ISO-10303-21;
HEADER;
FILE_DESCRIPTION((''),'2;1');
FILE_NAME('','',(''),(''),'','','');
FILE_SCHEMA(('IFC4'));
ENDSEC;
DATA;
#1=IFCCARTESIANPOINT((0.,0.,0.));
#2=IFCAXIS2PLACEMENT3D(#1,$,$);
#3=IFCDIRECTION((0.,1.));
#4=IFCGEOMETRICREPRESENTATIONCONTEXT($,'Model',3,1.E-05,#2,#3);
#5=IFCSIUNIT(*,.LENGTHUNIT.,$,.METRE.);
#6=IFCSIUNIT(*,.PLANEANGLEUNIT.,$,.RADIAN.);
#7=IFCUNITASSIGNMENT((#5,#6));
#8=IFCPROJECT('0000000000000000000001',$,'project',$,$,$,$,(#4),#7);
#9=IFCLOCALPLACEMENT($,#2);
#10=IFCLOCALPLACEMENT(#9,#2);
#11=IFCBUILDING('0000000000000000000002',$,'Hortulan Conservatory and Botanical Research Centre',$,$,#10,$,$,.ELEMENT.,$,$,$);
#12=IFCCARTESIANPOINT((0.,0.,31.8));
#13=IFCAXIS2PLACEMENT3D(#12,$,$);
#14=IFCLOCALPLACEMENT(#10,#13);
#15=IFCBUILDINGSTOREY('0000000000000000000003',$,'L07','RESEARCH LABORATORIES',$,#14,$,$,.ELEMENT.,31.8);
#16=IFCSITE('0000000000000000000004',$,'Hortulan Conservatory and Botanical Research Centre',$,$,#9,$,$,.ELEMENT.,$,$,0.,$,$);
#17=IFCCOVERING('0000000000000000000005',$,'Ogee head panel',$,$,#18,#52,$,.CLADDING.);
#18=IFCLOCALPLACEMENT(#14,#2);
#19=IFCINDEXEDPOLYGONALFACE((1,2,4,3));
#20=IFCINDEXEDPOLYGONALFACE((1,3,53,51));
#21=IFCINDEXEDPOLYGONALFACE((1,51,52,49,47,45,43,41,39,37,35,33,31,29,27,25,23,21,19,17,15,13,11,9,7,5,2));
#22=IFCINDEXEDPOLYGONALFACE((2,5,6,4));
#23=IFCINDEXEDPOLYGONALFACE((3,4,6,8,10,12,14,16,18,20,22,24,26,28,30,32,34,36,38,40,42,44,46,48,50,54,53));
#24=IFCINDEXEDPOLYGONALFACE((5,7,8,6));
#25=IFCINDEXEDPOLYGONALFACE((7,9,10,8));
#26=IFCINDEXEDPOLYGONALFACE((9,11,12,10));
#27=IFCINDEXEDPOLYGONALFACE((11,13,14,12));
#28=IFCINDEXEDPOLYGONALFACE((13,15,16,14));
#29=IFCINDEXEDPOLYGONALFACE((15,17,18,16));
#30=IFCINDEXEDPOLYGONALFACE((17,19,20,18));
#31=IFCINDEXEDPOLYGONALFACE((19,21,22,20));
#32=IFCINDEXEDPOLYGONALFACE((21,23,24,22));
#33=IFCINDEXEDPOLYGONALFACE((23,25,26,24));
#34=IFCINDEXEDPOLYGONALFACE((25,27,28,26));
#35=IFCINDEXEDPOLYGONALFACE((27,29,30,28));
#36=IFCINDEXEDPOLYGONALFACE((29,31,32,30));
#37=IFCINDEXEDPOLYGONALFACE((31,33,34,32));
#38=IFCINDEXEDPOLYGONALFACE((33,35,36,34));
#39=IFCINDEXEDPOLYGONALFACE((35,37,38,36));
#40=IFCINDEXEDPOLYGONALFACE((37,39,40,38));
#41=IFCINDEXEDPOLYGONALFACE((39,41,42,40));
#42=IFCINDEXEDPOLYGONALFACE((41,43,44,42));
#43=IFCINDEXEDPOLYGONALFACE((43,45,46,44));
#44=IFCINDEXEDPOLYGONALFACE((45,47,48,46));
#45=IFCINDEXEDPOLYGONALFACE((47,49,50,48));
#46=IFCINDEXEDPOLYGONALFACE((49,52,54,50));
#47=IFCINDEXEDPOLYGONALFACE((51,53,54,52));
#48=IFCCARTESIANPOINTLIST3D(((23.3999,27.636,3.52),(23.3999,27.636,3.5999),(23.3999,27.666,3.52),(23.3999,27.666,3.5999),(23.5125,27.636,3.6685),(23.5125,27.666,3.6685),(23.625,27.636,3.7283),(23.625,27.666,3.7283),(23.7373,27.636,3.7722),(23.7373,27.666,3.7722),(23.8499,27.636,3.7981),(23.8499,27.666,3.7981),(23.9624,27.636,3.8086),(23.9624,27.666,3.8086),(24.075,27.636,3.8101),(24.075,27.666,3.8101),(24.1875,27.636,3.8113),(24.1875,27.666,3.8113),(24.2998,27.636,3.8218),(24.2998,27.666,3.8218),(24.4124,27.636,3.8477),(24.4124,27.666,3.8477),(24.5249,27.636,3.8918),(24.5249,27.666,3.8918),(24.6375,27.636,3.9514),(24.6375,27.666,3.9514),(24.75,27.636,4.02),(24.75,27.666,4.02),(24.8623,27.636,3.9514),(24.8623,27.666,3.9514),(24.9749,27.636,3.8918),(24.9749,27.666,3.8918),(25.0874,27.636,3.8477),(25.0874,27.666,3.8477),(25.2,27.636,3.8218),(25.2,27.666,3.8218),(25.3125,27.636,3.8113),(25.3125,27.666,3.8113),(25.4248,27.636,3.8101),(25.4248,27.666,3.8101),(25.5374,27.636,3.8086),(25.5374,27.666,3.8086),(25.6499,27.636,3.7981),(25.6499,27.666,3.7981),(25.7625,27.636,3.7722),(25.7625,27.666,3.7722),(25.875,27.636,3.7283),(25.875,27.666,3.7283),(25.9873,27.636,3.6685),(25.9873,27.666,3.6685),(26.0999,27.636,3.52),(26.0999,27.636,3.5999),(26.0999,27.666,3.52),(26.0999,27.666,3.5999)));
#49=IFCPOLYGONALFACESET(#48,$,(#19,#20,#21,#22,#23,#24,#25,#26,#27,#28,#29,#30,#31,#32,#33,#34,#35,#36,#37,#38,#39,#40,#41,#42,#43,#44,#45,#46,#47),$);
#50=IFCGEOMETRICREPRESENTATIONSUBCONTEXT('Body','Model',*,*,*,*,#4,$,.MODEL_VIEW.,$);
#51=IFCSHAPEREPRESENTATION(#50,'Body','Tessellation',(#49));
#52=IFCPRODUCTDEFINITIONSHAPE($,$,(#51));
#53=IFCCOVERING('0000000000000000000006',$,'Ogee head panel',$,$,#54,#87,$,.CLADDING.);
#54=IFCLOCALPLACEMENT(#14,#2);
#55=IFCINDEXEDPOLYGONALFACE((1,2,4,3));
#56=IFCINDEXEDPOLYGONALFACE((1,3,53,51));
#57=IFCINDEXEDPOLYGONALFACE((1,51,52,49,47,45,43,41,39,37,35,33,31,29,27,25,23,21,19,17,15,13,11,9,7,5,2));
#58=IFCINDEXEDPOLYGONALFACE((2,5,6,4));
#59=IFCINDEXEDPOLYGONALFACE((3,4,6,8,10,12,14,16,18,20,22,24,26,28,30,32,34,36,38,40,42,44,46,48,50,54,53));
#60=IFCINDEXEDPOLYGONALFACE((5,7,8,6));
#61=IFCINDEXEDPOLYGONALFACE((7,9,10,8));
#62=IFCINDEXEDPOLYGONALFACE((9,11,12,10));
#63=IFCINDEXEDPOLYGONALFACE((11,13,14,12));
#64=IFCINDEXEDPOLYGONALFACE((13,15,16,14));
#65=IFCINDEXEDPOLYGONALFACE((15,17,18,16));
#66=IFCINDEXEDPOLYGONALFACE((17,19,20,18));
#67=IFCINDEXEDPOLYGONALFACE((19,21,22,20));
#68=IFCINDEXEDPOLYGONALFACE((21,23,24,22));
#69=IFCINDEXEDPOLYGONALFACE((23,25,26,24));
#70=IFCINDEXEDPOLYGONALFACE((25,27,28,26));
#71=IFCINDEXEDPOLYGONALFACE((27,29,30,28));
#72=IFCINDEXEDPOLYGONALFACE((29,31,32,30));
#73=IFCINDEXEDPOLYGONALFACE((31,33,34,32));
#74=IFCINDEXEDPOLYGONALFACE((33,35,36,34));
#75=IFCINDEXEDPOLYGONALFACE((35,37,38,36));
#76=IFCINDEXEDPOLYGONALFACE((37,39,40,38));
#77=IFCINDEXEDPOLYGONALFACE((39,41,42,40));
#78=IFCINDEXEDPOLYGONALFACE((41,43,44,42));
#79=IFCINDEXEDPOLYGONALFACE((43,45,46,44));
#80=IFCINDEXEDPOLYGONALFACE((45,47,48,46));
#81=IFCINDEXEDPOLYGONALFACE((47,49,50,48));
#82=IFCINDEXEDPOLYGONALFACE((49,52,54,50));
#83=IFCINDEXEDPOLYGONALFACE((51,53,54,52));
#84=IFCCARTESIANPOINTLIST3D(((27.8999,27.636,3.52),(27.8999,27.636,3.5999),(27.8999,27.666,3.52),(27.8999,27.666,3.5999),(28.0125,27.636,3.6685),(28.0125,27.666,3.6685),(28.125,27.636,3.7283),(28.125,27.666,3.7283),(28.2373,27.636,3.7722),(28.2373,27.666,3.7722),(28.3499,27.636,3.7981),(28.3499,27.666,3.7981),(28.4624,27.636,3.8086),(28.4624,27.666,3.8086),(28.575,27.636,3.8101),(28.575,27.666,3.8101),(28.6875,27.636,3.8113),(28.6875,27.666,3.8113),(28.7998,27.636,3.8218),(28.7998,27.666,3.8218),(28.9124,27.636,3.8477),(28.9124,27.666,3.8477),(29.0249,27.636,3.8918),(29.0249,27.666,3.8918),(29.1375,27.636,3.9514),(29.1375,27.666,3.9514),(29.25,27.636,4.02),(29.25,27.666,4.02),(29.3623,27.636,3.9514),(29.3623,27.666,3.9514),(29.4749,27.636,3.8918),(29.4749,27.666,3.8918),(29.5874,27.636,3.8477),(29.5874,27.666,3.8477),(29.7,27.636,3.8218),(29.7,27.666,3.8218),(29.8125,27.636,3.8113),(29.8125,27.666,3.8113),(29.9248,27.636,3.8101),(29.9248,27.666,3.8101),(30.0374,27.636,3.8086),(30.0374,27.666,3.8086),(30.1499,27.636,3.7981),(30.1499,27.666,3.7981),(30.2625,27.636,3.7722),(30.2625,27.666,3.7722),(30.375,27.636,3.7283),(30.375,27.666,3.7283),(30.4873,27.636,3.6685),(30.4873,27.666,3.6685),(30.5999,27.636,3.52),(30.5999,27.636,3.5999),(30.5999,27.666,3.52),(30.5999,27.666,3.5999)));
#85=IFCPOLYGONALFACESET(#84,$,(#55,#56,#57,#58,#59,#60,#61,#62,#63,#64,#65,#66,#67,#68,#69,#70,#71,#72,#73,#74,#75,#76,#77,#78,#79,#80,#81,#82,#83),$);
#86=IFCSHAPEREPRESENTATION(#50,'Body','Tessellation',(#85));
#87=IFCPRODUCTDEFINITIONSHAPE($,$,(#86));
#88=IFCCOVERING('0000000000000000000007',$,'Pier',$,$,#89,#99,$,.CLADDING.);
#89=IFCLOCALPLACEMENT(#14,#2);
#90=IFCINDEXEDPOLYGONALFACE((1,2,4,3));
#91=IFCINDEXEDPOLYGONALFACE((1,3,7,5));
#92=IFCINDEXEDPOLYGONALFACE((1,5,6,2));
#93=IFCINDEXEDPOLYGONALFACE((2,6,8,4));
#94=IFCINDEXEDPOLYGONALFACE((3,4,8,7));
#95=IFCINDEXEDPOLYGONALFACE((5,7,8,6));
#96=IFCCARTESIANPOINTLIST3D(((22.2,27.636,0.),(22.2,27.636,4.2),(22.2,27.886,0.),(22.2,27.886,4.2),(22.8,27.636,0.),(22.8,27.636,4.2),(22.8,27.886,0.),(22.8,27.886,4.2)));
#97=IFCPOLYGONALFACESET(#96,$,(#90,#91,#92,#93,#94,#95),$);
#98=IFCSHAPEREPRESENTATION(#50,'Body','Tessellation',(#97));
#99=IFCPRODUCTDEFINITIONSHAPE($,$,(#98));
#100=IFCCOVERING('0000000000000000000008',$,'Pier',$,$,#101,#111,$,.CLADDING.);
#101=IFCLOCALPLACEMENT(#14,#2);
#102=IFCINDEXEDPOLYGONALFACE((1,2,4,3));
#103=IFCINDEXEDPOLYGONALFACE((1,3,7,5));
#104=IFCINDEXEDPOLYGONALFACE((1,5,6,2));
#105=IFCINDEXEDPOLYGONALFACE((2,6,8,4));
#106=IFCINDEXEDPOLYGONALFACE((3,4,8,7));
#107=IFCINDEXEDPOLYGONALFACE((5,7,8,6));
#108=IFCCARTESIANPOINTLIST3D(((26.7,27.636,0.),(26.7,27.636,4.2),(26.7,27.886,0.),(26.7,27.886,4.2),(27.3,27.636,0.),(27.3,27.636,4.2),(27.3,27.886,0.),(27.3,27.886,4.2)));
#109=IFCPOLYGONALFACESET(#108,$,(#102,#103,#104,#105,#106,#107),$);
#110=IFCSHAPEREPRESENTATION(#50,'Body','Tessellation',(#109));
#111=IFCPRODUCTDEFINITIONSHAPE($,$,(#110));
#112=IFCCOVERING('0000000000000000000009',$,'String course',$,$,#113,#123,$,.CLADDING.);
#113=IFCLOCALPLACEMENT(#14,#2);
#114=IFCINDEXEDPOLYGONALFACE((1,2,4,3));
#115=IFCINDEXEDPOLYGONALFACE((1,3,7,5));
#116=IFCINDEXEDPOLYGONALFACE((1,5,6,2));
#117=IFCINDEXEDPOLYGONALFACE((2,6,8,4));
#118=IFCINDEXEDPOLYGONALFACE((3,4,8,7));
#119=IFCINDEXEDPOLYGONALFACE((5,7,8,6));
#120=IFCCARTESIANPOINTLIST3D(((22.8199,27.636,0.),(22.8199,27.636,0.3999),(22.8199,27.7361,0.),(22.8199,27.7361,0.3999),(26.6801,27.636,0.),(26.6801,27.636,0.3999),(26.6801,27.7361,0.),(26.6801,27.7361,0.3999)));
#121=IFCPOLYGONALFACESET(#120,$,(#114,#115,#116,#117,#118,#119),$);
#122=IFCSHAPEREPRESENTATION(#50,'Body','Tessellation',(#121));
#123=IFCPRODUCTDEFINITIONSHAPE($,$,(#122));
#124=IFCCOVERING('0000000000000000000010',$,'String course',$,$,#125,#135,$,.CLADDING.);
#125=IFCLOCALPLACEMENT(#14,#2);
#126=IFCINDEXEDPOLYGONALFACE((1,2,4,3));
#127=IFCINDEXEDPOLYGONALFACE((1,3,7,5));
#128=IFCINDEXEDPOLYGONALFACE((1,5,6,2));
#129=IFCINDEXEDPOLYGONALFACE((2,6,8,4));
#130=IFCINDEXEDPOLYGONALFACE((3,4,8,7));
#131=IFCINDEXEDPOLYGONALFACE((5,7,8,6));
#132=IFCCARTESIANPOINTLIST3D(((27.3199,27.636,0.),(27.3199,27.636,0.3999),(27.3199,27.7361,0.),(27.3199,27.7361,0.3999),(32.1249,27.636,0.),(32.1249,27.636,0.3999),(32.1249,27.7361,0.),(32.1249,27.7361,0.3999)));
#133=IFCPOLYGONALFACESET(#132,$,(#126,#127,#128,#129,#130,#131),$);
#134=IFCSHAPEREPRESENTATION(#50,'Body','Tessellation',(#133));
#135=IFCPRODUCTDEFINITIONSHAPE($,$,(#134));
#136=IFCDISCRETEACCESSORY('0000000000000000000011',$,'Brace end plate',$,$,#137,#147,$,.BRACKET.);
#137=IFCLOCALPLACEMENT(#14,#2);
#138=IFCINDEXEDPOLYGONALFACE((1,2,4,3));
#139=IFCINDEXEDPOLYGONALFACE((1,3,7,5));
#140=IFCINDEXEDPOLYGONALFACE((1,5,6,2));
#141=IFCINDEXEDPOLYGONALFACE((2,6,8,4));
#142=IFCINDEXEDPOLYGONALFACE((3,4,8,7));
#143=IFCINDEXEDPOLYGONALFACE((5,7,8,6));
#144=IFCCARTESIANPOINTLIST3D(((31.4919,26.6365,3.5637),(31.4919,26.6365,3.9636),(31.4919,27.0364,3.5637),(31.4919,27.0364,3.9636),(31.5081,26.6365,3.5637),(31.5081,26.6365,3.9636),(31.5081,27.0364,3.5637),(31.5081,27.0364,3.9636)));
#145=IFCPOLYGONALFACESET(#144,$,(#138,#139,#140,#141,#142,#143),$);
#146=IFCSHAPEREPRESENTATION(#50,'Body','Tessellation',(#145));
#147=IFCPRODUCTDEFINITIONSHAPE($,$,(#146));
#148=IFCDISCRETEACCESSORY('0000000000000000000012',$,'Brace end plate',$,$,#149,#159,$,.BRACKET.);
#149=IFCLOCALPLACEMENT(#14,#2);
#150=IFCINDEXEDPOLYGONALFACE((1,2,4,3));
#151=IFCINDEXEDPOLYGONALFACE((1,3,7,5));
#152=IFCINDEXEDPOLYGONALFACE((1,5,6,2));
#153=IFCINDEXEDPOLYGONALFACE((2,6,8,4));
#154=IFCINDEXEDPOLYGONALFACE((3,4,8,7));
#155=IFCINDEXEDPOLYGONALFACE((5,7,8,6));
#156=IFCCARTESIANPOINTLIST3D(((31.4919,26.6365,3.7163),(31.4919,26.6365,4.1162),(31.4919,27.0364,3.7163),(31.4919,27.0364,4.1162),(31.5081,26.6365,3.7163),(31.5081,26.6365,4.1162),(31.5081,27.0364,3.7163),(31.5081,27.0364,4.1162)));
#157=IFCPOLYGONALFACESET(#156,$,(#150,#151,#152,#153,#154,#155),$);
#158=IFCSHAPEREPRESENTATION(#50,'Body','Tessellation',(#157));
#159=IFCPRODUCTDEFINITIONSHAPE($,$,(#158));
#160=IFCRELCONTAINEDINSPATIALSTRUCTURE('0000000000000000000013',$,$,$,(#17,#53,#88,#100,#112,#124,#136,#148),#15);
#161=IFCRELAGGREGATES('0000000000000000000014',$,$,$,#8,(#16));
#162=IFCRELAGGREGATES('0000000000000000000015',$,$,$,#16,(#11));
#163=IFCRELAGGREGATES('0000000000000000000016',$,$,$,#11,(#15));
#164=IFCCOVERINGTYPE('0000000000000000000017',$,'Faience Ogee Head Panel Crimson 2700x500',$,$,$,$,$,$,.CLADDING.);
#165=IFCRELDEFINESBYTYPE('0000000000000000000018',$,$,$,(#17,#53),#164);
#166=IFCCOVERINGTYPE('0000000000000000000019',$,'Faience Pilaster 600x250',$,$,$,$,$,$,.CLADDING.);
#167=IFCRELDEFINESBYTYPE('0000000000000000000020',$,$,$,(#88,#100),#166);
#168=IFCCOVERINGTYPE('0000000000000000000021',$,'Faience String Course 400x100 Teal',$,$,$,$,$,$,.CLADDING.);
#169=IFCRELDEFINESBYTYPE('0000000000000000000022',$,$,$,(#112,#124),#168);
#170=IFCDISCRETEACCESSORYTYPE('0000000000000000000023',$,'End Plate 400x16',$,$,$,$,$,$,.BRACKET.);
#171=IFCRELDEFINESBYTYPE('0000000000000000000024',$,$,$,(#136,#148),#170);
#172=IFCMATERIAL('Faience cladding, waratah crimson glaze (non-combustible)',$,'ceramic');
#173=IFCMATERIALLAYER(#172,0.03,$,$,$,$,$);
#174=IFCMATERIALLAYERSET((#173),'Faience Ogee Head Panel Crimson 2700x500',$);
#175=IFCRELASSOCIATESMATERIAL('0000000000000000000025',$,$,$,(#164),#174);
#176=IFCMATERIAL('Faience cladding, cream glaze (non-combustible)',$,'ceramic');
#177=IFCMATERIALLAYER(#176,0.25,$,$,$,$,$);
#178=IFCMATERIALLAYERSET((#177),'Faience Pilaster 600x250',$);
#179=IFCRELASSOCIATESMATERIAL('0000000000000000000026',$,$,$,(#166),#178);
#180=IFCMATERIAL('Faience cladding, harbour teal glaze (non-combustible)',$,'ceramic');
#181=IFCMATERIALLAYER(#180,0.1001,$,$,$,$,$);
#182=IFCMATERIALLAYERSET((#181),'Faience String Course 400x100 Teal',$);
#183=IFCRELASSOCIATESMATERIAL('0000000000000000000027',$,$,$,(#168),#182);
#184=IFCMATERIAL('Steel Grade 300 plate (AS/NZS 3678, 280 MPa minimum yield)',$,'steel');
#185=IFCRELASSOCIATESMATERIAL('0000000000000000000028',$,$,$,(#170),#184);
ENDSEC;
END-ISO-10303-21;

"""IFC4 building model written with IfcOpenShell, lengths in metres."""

from ifc_helpers import new_model, si_unit, direction, frame, origin, origin_2d, place, context, subcontext, project, spatial, polyline, rectangle, outline, extrude, material, layer, layer_set, type_object, element, save


model = new_model("IFC4")

# Units and contexts
model_context = context("Model", 3, precision=1e-05, world=origin(), true_north=direction((0.0, 1.0)))
body_context = subcontext(model_context, "Body", "Model", "MODEL_VIEW")
ifc_project = project(units=[si_unit("LENGTHUNIT", "METRE"), si_unit("PLANEANGLEUNIT", "RADIAN")], contexts=[model_context])

# Site, building, storey
site_placement = place(None, origin())
site = spatial("IfcSite", under=ifc_project, at=site_placement, Name="Hortulan Conservatory and Botanical Research Centre", CompositionType="ELEMENT", RefElevation=0.0)
building_placement = place(site_placement, origin())
building = spatial("IfcBuilding", under=site, at=building_placement, Name="Hortulan Conservatory and Botanical Research Centre", CompositionType="ELEMENT")
storey_placement = place(building_placement, frame((0.0, 0.0, 31.8)))
storey = spatial("IfcBuildingStorey", under=building, at=storey_placement, Name="L07", Description="RESEARCH LABORATORIES", CompositionType="ELEMENT", Elevation=31.8)

# Coverings
ifc_material_1 = material(Name="Faience cladding, waratah crimson glaze (non-combustible)", Category="ceramic")
ifc_layer_1 = layer(ifc_material_1, 0.03)
ifc_layer_set_1 = layer_set([ifc_layer_1], Name="Faience Ogee Head Panel Crimson 2700x500")
covering_type_1 = type_object("IfcCoveringType", Name="Faience Ogee Head Panel Crimson 2700x500", PredefinedType="CLADDING", material=ifc_layer_set_1)
for number, where, z_axis, x_axis, name in (
    (1, (23.3999, 27.6509, 3.52), (0.0, 0.0, 1.0), (1.0, 0.0, 0.0), "Ogee head panel"),
    (2, (27.8999, 27.6509, 3.52), (0.0, 0.0, 1.0), (1.0, 0.0, 0.0), "Ogee head panel"),
):
    element("IfcCovering", number, at=place(storey_placement, frame(where, z_axis=z_axis, x_axis=x_axis)), inside=storey, type_object=covering_type_1, Name=name, PredefinedType="CLADDING", context=body_context, shape_type="SweptSolid", body=[
        extrude(outline(polyline([(0.0, 0.0), (2.7, 0.0), (2.7, 0.0798), (2.5874, 0.1484), (2.4751, 0.2083), (2.3625, 0.2522), (2.25, 0.2781), (2.1375, 0.2886), (2.0249, 0.29), (1.9126, 0.2913), (1.8, 0.3018), (1.6875, 0.3276), (1.575, 0.3718), (1.4624, 0.4314), (1.3501, 0.5), (1.2375, 0.4314), (1.125, 0.3718), (1.0125, 0.3276), (0.8999, 0.3018), (0.7876, 0.2913), (0.675, 0.29), (0.5625, 0.2886), (0.45, 0.2781), (0.3374, 0.2522), (0.2251, 0.2083), (0.1125, 0.1484), (0.0, 0.0798), (0.0, 0.0)])), frame((0.0, 0.0151, 0.0), z_axis=(0.0, -1.0, 0.0), x_axis=(1.0, 0.0, 0.0)), (0.0, 0.0, 1.0), 0.03),
    ])
ifc_material_2 = material(Name="Faience cladding, cream glaze (non-combustible)", Category="ceramic")
ifc_layer_2 = layer(ifc_material_2, 0.25)
ifc_layer_set_2 = layer_set([ifc_layer_2], Name="Faience Pilaster 600x250")
covering_type_2 = type_object("IfcCoveringType", Name="Faience Pilaster 600x250", PredefinedType="CLADDING", material=ifc_layer_set_2)
for number, where, z_axis, x_axis, name in (
    (3, (22.5, 27.761, 0.0), (0.0, 0.0, 1.0), (1.0, 0.0, 0.0), "Pier"),
    (4, (27.0, 27.761, 0.0), (0.0, 0.0, 1.0), (1.0, 0.0, 0.0), "Pier"),
):
    element("IfcCovering", number, at=place(storey_placement, frame(where, z_axis=z_axis, x_axis=x_axis)), inside=storey, type_object=covering_type_2, Name=name, PredefinedType="CLADDING", context=body_context, shape_type="SweptSolid", body=[
        extrude(rectangle(XDim=0.6001, YDim=0.25, at=origin_2d()), origin(), (0.0, 0.0, 1.0), 4.2),
    ])
ifc_material_3 = material(Name="Faience cladding, harbour teal glaze (non-combustible)", Category="ceramic")
ifc_layer_3 = layer(ifc_material_3, 0.1001)
ifc_layer_set_3 = layer_set([ifc_layer_3], Name="Faience String Course 400x100 Teal")
covering_type_3 = type_object("IfcCoveringType", Name="Faience String Course 400x100 Teal", PredefinedType="CLADDING", material=ifc_layer_set_3)
covering_1_placement = place(storey_placement, frame((24.75, 27.686, 0.0), z_axis=(0.0, 0.0, 1.0), x_axis=(1.0, 0.0, 0.0)))
element("IfcCovering", 5, at=covering_1_placement, inside=storey, type_object=covering_type_3, Name="String course", PredefinedType="CLADDING", context=body_context, shape_type="SweptSolid", body=[
    extrude(rectangle(XDim=3.8601, YDim=0.1001, at=origin_2d()), origin(), (0.0, 0.0, 1.0), 0.3999),
])
covering_2_placement = place(storey_placement, frame((29.7224, 27.686, 0.0), z_axis=(0.0, 0.0, 1.0), x_axis=(1.0, 0.0, 0.0)))
element("IfcCovering", 6, at=covering_2_placement, inside=storey, type_object=covering_type_3, Name="String course", PredefinedType="CLADDING", context=body_context, shape_type="SweptSolid", body=[
    extrude(rectangle(XDim=4.8049, YDim=0.1001, at=origin_2d()), origin(), (0.0, 0.0, 1.0), 0.3999),
])

# Discrete accessories
ifc_material_4 = material(Name="Steel Grade 300 plate (AS/NZS 3678, 280 MPa minimum yield)", Category="steel")
discrete_accessory_type = type_object("IfcDiscreteAccessoryType", Name="End Plate 400x16", PredefinedType="BRACKET", material=ifc_material_4)
for number, where, z_axis, x_axis, name in (
    (7, (31.5, 26.8364, 3.5637), (0.0, 0.0, 1.0), (0.0, -1.0, 0.0), "Brace end plate"),
    (8, (31.5, 26.8364, 3.7163), (0.0, 0.0, 1.0), (0.0, -1.0, 0.0), "Brace end plate"),
):
    element("IfcDiscreteAccessory", number, at=place(storey_placement, frame(where, z_axis=z_axis, x_axis=x_axis)), inside=storey, type_object=discrete_accessory_type, Name=name, PredefinedType="BRACKET", context=body_context, shape_type="SweptSolid", body=[
        extrude(rectangle(XDim=0.3999, YDim=0.0161, at=origin_2d()), origin(), (0.0, 0.0, 1.0), 0.3999),
    ])

save(model, "model.ifc")
